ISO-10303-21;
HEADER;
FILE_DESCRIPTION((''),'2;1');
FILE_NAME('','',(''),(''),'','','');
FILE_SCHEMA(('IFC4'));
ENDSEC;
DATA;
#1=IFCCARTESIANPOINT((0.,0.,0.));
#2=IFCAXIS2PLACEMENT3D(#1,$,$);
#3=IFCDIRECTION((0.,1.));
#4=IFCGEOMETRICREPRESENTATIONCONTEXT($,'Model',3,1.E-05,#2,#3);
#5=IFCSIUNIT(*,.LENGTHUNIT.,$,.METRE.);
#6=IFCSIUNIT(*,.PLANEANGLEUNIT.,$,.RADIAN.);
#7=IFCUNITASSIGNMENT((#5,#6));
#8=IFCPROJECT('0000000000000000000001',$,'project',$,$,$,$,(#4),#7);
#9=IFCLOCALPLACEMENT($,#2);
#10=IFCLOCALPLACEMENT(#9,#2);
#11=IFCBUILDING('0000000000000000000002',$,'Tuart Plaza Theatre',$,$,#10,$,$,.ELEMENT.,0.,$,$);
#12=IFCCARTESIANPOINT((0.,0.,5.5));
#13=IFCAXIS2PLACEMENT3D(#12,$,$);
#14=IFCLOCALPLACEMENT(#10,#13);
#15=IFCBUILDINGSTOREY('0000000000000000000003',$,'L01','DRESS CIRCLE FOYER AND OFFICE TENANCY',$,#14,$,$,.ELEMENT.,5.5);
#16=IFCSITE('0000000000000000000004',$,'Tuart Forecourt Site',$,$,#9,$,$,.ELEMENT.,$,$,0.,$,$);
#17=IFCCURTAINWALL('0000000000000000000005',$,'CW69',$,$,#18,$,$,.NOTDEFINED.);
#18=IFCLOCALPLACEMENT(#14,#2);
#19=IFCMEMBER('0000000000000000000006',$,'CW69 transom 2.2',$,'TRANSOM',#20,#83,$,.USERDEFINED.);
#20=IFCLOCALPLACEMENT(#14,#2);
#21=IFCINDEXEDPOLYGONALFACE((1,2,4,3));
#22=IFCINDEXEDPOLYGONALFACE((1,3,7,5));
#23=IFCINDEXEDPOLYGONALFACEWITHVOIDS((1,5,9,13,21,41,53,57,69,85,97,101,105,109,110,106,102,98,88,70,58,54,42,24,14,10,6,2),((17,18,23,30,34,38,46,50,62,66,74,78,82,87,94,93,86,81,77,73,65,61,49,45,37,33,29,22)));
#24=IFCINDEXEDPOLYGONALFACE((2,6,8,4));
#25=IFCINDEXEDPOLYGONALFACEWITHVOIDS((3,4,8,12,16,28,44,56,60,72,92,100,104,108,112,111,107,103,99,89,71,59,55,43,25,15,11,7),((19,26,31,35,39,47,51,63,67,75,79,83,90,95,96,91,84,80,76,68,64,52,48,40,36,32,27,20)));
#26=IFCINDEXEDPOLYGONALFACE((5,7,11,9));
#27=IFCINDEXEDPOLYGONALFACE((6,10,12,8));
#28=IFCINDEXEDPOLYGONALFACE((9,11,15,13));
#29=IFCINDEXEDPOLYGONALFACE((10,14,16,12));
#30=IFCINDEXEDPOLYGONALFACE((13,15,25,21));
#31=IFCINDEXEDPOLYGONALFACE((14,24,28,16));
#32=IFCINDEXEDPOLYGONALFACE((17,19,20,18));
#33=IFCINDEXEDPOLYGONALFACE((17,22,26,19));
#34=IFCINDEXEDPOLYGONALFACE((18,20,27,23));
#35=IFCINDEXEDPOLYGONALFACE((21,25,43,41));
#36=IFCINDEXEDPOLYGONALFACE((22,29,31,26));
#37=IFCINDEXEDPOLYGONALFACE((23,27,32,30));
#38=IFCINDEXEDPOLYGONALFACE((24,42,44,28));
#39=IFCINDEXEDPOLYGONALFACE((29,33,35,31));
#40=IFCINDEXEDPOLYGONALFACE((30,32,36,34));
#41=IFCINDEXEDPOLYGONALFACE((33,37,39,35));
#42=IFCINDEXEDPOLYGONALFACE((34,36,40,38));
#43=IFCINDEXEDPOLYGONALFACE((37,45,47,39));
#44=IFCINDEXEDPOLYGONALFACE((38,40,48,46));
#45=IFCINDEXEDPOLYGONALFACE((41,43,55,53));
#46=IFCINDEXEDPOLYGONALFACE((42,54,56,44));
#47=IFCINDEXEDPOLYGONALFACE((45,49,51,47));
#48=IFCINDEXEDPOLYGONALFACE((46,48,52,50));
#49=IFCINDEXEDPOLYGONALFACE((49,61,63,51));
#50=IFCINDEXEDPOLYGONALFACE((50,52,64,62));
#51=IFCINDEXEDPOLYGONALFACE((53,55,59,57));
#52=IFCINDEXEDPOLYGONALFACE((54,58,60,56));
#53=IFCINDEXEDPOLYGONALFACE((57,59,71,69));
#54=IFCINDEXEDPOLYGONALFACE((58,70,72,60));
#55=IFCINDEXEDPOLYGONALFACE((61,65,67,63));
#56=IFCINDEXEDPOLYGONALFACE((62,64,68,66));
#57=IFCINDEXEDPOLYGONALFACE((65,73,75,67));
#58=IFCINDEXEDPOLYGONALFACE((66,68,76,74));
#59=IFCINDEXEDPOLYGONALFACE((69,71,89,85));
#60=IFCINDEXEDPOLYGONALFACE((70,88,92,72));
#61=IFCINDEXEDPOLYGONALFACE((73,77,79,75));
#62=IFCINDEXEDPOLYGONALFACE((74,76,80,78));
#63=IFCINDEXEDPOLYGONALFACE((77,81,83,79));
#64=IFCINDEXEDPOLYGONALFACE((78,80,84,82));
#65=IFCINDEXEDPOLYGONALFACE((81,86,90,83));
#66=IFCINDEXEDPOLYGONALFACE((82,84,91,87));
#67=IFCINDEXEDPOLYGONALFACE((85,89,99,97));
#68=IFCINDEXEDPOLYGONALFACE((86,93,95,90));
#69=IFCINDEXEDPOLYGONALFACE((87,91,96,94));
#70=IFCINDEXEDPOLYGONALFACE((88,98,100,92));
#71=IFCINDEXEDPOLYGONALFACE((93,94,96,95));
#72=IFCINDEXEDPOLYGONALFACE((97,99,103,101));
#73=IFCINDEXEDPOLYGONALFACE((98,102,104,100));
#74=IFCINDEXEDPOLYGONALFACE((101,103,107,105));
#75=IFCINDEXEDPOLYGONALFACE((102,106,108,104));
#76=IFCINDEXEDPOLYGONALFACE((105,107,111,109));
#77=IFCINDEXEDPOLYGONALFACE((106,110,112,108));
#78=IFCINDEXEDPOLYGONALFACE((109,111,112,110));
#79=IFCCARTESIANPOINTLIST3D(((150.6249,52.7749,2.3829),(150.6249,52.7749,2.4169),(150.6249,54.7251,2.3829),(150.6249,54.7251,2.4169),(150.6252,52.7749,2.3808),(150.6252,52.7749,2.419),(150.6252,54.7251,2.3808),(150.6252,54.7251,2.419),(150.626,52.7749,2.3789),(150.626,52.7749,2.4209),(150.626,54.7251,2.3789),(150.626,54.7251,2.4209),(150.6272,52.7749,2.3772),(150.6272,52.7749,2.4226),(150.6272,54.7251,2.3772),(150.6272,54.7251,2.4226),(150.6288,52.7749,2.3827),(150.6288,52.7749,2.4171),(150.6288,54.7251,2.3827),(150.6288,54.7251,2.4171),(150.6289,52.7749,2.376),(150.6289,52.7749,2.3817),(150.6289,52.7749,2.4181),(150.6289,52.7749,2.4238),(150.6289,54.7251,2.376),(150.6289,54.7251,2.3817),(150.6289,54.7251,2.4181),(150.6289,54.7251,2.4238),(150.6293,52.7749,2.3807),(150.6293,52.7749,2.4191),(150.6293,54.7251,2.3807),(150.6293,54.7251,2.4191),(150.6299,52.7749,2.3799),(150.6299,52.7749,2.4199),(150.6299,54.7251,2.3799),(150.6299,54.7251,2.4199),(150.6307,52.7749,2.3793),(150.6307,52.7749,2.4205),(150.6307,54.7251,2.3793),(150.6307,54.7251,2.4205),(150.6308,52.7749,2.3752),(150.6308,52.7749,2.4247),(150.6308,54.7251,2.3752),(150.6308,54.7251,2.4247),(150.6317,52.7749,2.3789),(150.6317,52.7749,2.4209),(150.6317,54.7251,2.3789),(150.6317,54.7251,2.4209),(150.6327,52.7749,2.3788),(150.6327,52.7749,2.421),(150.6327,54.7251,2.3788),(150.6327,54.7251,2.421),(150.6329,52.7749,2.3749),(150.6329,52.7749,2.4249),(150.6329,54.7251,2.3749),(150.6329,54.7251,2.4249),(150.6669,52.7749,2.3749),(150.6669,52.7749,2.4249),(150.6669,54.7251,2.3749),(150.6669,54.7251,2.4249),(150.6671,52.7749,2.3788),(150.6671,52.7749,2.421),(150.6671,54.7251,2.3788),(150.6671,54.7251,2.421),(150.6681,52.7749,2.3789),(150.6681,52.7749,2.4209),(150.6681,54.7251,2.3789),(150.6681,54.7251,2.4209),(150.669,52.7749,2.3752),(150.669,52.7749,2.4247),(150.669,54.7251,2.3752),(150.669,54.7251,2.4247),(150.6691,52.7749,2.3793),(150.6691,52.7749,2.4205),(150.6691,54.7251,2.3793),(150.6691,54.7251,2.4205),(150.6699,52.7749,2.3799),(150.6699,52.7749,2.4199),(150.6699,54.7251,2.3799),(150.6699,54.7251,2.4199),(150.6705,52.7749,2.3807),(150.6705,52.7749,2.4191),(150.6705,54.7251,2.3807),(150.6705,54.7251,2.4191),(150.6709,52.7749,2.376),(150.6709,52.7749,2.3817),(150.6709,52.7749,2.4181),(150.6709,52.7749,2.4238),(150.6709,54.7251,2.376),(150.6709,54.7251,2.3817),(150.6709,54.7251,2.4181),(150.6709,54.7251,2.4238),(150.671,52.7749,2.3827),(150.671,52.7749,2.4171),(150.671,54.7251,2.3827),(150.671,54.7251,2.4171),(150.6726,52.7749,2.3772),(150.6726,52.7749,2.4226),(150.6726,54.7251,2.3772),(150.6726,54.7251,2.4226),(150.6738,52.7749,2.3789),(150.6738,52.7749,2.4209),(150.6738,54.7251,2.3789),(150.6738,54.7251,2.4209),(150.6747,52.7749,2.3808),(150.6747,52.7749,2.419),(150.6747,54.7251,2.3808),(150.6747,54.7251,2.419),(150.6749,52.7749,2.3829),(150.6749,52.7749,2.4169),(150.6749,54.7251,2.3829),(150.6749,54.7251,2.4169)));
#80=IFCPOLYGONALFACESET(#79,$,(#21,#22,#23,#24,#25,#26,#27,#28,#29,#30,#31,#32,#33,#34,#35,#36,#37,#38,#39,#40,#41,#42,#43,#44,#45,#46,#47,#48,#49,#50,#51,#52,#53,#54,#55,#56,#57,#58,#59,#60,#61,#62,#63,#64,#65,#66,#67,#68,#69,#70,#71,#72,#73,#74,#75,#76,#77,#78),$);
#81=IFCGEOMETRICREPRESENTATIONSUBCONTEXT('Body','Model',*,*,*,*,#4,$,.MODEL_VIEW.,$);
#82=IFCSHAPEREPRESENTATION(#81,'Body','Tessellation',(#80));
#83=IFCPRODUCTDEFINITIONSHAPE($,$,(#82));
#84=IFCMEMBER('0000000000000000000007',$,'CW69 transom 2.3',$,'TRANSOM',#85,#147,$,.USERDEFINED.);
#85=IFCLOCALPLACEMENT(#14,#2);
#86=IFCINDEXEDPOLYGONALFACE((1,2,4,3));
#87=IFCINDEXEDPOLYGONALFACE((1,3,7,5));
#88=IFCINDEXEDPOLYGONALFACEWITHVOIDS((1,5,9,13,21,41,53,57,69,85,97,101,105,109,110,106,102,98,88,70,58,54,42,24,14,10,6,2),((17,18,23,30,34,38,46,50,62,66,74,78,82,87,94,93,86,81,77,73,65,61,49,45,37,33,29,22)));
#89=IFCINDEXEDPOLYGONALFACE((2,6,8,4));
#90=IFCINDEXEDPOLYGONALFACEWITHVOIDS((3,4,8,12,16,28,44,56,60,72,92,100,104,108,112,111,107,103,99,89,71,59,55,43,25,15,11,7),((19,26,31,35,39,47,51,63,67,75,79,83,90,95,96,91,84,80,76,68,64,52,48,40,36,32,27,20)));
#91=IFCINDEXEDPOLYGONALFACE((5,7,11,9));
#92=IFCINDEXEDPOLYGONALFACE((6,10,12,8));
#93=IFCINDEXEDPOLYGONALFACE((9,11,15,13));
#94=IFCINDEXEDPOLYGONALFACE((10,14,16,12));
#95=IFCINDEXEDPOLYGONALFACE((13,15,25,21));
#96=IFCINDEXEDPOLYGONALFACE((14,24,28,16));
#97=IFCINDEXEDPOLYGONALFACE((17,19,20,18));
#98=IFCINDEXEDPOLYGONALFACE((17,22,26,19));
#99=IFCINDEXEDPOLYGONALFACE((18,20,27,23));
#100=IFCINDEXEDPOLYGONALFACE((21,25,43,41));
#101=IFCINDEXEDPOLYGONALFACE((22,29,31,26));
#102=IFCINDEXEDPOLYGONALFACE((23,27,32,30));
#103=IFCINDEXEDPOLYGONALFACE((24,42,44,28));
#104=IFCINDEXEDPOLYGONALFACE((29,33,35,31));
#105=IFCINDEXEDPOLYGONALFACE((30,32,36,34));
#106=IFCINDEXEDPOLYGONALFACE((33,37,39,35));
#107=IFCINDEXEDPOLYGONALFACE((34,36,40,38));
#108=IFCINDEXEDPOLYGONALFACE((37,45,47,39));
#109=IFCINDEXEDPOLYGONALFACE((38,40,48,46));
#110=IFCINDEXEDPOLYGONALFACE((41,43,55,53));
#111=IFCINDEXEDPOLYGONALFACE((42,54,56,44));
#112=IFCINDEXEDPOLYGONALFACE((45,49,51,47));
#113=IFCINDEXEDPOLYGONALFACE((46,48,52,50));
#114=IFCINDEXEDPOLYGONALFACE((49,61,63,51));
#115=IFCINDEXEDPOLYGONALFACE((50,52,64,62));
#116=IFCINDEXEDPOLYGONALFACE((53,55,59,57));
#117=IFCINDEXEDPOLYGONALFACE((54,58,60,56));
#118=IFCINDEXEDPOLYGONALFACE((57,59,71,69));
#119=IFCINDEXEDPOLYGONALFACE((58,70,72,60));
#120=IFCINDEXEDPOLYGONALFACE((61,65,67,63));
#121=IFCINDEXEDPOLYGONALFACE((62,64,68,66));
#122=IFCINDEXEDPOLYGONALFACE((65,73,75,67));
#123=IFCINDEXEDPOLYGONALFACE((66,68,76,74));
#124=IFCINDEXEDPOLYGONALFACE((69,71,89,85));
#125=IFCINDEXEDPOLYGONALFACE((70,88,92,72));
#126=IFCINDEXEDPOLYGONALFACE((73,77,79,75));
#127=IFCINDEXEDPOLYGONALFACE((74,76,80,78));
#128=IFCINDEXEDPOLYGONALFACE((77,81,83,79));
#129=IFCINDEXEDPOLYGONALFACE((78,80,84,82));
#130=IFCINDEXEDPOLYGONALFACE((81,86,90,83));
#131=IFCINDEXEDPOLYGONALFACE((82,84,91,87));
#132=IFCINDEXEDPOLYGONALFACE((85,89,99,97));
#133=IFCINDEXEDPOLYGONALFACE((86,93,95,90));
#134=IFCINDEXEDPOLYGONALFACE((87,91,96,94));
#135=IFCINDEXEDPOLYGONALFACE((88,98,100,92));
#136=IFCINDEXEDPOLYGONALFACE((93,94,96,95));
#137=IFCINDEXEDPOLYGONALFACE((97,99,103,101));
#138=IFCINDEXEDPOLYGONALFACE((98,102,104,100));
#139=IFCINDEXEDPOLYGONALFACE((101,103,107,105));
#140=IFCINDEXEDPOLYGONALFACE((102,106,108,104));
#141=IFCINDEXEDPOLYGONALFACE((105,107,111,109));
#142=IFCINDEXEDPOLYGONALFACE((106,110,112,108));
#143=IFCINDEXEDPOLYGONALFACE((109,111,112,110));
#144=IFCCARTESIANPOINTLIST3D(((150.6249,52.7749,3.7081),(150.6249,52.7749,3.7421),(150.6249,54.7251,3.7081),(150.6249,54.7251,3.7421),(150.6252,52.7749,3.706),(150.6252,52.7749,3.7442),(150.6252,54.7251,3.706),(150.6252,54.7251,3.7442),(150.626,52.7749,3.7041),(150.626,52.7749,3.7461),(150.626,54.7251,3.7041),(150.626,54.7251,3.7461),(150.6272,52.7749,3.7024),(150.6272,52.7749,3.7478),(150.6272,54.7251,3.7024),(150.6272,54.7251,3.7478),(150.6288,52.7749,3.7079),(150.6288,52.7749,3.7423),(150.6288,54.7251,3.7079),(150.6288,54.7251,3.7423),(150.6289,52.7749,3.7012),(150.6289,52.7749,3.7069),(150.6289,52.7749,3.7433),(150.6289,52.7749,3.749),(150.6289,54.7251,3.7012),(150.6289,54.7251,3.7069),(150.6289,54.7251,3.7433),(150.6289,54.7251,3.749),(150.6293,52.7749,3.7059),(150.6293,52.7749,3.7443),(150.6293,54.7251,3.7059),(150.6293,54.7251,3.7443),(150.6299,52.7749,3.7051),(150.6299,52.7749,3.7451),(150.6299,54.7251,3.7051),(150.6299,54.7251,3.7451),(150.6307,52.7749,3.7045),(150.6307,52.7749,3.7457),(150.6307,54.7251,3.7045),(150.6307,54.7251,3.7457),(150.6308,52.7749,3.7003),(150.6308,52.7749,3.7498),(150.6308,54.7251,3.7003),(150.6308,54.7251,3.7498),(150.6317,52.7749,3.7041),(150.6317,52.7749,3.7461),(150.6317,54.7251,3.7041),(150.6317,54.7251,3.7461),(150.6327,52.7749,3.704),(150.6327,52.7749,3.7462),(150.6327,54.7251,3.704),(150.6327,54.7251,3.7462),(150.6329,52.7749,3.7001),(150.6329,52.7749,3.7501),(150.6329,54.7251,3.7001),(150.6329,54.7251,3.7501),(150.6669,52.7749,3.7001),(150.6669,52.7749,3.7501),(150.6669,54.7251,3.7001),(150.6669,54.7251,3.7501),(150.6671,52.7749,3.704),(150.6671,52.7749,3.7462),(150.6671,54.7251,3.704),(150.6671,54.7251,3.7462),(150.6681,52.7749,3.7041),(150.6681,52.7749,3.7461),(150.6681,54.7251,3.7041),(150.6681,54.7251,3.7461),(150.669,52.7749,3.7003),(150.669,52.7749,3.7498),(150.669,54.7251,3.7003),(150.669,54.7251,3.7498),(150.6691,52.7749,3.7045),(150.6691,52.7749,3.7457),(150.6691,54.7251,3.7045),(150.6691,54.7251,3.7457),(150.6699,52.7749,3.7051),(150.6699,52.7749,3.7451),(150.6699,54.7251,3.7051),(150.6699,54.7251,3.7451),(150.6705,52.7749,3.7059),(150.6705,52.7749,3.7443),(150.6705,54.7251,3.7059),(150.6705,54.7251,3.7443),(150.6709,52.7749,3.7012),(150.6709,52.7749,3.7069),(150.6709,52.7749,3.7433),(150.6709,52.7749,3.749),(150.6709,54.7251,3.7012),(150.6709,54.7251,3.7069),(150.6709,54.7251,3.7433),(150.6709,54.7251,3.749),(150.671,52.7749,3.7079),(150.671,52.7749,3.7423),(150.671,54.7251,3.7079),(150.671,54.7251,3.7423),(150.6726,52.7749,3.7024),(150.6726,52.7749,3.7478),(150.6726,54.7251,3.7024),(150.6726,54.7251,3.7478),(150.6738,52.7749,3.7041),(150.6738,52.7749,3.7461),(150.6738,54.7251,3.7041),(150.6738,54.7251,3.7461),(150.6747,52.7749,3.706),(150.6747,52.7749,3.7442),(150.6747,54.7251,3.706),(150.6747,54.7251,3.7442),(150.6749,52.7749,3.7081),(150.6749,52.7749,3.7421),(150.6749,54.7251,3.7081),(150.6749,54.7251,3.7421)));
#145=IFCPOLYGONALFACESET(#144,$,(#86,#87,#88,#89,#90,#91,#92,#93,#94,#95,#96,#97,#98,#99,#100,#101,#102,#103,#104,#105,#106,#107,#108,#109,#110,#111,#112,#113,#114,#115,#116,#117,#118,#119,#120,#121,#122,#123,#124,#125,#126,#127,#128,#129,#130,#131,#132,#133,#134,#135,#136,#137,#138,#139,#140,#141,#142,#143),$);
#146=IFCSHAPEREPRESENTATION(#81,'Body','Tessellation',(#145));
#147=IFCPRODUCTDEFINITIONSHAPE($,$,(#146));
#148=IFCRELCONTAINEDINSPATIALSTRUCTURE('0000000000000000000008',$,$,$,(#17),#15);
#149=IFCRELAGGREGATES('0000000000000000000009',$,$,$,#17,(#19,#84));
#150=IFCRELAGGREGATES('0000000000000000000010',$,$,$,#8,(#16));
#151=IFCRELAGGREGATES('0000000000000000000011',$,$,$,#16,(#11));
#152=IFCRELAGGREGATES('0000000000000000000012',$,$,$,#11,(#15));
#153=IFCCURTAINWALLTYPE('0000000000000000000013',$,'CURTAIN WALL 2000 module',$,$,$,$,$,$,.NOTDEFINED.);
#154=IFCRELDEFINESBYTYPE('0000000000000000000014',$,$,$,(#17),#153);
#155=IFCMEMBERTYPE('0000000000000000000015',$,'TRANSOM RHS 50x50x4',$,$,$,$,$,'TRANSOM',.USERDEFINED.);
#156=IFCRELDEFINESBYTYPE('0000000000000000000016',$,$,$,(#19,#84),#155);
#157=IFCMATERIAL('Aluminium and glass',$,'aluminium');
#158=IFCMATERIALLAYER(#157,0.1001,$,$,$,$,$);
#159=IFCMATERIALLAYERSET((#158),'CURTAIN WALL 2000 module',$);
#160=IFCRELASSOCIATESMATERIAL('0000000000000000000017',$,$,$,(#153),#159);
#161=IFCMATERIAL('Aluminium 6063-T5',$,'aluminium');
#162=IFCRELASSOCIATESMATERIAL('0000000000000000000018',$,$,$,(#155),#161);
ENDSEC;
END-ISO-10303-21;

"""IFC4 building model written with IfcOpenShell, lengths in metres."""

from ifc_helpers import new_model, si_unit, direction, frame, origin, origin_2d, place, context, subcontext, project, spatial, hollow_rectangle, extrude, material, layer, layer_set, material_profile, profile_set, type_object, element, aggregate, save


model = new_model("IFC4")

# Units and contexts
model_context = context("Model", 3, precision=1e-05, world=origin(), true_north=direction((0.0, 1.0)))
body_context = subcontext(model_context, "Body", "Model", "MODEL_VIEW")
ifc_project = project(units=[si_unit("LENGTHUNIT", "METRE"), si_unit("PLANEANGLEUNIT", "RADIAN")], contexts=[model_context])

# Site, building, storey
site_placement = place(None, origin())
site = spatial("IfcSite", under=ifc_project, at=site_placement, Name="Tuart Forecourt Site", CompositionType="ELEMENT", RefElevation=0.0)
building_placement = place(site_placement, origin())
building = spatial("IfcBuilding", under=site, at=building_placement, Name="Tuart Plaza Theatre", CompositionType="ELEMENT", ElevationOfRefHeight=0.0)
storey_placement = place(building_placement, frame((0.0, 0.0, 5.5)))
storey = spatial("IfcBuildingStorey", under=building, at=storey_placement, Name="L01", Description="DRESS CIRCLE FOYER AND OFFICE TENANCY", CompositionType="ELEMENT", Elevation=5.5)

# Curtain wall, members
ifc_material_1 = material(Name="Aluminium and glass", Category="aluminium")
ifc_layer_1 = layer(ifc_material_1, 0.1001)
ifc_layer_set_1 = layer_set([ifc_layer_1], Name="CURTAIN WALL 2000 module")
curtain_wall_type = type_object("IfcCurtainWallType", Name="CURTAIN WALL 2000 module", PredefinedType="NOTDEFINED", material=ifc_layer_set_1)
curtain_wall_placement = place(storey_placement, origin())
curtain_wall = element("IfcCurtainWall", 1, at=curtain_wall_placement, inside=storey, type_object=curtain_wall_type, Name="CW69", PredefinedType="NOTDEFINED")
ifc_material_2 = material(Name="Aluminium 6063-T5", Category="aluminium")
ifc_material_profile_1 = material_profile(ifc_material_2, hollow_rectangle(XDim=0.05, YDim=0.05, WallThickness=0.0039, InnerFilletRadius=0.0039, OuterFilletRadius=0.0081, at=origin_2d()), Name="RHS 50x50x4")
ifc_profile_set_1 = profile_set([ifc_material_profile_1], Name="Aluminium 6063-T5")
member_type_1 = type_object("IfcMemberType", Name="TRANSOM RHS 50x50x4", ElementType="TRANSOM", PredefinedType="USERDEFINED", material=ifc_profile_set_1)
member_1_placement = place(storey_placement, frame((150.6499, 52.7749, 2.3999), z_axis=(0.0, 1.0, 0.0), x_axis=(-1.0, 0.0, 0.0)))
member_1 = element("IfcMember", 2, at=member_1_placement, type_object=member_type_1, Name="CW69 transom 2.2", ObjectType="TRANSOM", PredefinedType="USERDEFINED", context=body_context, shape_type="SweptSolid", body=[
    extrude(hollow_rectangle(XDim=0.05, YDim=0.05, WallThickness=0.0039, InnerFilletRadius=0.0039, OuterFilletRadius=0.0081, at=origin_2d()), origin(), (0.0, 0.0, 1.0), 1.9502),
])
member_2_placement = place(storey_placement, frame((150.6499, 52.7749, 3.7251), z_axis=(0.0, 1.0, 0.0), x_axis=(-1.0, 0.0, 0.0)))
member_2 = element("IfcMember", 3, at=member_2_placement, type_object=member_type_1, Name="CW69 transom 2.3", ObjectType="TRANSOM", PredefinedType="USERDEFINED", context=body_context, shape_type="SweptSolid", body=[
    extrude(hollow_rectangle(XDim=0.05, YDim=0.05, WallThickness=0.0039, InnerFilletRadius=0.0039, OuterFilletRadius=0.0081, at=origin_2d()), origin(), (0.0, 0.0, 1.0), 1.9502),
])
aggregate(curtain_wall, [member_1, member_2])

save(model, "model.ifc")
